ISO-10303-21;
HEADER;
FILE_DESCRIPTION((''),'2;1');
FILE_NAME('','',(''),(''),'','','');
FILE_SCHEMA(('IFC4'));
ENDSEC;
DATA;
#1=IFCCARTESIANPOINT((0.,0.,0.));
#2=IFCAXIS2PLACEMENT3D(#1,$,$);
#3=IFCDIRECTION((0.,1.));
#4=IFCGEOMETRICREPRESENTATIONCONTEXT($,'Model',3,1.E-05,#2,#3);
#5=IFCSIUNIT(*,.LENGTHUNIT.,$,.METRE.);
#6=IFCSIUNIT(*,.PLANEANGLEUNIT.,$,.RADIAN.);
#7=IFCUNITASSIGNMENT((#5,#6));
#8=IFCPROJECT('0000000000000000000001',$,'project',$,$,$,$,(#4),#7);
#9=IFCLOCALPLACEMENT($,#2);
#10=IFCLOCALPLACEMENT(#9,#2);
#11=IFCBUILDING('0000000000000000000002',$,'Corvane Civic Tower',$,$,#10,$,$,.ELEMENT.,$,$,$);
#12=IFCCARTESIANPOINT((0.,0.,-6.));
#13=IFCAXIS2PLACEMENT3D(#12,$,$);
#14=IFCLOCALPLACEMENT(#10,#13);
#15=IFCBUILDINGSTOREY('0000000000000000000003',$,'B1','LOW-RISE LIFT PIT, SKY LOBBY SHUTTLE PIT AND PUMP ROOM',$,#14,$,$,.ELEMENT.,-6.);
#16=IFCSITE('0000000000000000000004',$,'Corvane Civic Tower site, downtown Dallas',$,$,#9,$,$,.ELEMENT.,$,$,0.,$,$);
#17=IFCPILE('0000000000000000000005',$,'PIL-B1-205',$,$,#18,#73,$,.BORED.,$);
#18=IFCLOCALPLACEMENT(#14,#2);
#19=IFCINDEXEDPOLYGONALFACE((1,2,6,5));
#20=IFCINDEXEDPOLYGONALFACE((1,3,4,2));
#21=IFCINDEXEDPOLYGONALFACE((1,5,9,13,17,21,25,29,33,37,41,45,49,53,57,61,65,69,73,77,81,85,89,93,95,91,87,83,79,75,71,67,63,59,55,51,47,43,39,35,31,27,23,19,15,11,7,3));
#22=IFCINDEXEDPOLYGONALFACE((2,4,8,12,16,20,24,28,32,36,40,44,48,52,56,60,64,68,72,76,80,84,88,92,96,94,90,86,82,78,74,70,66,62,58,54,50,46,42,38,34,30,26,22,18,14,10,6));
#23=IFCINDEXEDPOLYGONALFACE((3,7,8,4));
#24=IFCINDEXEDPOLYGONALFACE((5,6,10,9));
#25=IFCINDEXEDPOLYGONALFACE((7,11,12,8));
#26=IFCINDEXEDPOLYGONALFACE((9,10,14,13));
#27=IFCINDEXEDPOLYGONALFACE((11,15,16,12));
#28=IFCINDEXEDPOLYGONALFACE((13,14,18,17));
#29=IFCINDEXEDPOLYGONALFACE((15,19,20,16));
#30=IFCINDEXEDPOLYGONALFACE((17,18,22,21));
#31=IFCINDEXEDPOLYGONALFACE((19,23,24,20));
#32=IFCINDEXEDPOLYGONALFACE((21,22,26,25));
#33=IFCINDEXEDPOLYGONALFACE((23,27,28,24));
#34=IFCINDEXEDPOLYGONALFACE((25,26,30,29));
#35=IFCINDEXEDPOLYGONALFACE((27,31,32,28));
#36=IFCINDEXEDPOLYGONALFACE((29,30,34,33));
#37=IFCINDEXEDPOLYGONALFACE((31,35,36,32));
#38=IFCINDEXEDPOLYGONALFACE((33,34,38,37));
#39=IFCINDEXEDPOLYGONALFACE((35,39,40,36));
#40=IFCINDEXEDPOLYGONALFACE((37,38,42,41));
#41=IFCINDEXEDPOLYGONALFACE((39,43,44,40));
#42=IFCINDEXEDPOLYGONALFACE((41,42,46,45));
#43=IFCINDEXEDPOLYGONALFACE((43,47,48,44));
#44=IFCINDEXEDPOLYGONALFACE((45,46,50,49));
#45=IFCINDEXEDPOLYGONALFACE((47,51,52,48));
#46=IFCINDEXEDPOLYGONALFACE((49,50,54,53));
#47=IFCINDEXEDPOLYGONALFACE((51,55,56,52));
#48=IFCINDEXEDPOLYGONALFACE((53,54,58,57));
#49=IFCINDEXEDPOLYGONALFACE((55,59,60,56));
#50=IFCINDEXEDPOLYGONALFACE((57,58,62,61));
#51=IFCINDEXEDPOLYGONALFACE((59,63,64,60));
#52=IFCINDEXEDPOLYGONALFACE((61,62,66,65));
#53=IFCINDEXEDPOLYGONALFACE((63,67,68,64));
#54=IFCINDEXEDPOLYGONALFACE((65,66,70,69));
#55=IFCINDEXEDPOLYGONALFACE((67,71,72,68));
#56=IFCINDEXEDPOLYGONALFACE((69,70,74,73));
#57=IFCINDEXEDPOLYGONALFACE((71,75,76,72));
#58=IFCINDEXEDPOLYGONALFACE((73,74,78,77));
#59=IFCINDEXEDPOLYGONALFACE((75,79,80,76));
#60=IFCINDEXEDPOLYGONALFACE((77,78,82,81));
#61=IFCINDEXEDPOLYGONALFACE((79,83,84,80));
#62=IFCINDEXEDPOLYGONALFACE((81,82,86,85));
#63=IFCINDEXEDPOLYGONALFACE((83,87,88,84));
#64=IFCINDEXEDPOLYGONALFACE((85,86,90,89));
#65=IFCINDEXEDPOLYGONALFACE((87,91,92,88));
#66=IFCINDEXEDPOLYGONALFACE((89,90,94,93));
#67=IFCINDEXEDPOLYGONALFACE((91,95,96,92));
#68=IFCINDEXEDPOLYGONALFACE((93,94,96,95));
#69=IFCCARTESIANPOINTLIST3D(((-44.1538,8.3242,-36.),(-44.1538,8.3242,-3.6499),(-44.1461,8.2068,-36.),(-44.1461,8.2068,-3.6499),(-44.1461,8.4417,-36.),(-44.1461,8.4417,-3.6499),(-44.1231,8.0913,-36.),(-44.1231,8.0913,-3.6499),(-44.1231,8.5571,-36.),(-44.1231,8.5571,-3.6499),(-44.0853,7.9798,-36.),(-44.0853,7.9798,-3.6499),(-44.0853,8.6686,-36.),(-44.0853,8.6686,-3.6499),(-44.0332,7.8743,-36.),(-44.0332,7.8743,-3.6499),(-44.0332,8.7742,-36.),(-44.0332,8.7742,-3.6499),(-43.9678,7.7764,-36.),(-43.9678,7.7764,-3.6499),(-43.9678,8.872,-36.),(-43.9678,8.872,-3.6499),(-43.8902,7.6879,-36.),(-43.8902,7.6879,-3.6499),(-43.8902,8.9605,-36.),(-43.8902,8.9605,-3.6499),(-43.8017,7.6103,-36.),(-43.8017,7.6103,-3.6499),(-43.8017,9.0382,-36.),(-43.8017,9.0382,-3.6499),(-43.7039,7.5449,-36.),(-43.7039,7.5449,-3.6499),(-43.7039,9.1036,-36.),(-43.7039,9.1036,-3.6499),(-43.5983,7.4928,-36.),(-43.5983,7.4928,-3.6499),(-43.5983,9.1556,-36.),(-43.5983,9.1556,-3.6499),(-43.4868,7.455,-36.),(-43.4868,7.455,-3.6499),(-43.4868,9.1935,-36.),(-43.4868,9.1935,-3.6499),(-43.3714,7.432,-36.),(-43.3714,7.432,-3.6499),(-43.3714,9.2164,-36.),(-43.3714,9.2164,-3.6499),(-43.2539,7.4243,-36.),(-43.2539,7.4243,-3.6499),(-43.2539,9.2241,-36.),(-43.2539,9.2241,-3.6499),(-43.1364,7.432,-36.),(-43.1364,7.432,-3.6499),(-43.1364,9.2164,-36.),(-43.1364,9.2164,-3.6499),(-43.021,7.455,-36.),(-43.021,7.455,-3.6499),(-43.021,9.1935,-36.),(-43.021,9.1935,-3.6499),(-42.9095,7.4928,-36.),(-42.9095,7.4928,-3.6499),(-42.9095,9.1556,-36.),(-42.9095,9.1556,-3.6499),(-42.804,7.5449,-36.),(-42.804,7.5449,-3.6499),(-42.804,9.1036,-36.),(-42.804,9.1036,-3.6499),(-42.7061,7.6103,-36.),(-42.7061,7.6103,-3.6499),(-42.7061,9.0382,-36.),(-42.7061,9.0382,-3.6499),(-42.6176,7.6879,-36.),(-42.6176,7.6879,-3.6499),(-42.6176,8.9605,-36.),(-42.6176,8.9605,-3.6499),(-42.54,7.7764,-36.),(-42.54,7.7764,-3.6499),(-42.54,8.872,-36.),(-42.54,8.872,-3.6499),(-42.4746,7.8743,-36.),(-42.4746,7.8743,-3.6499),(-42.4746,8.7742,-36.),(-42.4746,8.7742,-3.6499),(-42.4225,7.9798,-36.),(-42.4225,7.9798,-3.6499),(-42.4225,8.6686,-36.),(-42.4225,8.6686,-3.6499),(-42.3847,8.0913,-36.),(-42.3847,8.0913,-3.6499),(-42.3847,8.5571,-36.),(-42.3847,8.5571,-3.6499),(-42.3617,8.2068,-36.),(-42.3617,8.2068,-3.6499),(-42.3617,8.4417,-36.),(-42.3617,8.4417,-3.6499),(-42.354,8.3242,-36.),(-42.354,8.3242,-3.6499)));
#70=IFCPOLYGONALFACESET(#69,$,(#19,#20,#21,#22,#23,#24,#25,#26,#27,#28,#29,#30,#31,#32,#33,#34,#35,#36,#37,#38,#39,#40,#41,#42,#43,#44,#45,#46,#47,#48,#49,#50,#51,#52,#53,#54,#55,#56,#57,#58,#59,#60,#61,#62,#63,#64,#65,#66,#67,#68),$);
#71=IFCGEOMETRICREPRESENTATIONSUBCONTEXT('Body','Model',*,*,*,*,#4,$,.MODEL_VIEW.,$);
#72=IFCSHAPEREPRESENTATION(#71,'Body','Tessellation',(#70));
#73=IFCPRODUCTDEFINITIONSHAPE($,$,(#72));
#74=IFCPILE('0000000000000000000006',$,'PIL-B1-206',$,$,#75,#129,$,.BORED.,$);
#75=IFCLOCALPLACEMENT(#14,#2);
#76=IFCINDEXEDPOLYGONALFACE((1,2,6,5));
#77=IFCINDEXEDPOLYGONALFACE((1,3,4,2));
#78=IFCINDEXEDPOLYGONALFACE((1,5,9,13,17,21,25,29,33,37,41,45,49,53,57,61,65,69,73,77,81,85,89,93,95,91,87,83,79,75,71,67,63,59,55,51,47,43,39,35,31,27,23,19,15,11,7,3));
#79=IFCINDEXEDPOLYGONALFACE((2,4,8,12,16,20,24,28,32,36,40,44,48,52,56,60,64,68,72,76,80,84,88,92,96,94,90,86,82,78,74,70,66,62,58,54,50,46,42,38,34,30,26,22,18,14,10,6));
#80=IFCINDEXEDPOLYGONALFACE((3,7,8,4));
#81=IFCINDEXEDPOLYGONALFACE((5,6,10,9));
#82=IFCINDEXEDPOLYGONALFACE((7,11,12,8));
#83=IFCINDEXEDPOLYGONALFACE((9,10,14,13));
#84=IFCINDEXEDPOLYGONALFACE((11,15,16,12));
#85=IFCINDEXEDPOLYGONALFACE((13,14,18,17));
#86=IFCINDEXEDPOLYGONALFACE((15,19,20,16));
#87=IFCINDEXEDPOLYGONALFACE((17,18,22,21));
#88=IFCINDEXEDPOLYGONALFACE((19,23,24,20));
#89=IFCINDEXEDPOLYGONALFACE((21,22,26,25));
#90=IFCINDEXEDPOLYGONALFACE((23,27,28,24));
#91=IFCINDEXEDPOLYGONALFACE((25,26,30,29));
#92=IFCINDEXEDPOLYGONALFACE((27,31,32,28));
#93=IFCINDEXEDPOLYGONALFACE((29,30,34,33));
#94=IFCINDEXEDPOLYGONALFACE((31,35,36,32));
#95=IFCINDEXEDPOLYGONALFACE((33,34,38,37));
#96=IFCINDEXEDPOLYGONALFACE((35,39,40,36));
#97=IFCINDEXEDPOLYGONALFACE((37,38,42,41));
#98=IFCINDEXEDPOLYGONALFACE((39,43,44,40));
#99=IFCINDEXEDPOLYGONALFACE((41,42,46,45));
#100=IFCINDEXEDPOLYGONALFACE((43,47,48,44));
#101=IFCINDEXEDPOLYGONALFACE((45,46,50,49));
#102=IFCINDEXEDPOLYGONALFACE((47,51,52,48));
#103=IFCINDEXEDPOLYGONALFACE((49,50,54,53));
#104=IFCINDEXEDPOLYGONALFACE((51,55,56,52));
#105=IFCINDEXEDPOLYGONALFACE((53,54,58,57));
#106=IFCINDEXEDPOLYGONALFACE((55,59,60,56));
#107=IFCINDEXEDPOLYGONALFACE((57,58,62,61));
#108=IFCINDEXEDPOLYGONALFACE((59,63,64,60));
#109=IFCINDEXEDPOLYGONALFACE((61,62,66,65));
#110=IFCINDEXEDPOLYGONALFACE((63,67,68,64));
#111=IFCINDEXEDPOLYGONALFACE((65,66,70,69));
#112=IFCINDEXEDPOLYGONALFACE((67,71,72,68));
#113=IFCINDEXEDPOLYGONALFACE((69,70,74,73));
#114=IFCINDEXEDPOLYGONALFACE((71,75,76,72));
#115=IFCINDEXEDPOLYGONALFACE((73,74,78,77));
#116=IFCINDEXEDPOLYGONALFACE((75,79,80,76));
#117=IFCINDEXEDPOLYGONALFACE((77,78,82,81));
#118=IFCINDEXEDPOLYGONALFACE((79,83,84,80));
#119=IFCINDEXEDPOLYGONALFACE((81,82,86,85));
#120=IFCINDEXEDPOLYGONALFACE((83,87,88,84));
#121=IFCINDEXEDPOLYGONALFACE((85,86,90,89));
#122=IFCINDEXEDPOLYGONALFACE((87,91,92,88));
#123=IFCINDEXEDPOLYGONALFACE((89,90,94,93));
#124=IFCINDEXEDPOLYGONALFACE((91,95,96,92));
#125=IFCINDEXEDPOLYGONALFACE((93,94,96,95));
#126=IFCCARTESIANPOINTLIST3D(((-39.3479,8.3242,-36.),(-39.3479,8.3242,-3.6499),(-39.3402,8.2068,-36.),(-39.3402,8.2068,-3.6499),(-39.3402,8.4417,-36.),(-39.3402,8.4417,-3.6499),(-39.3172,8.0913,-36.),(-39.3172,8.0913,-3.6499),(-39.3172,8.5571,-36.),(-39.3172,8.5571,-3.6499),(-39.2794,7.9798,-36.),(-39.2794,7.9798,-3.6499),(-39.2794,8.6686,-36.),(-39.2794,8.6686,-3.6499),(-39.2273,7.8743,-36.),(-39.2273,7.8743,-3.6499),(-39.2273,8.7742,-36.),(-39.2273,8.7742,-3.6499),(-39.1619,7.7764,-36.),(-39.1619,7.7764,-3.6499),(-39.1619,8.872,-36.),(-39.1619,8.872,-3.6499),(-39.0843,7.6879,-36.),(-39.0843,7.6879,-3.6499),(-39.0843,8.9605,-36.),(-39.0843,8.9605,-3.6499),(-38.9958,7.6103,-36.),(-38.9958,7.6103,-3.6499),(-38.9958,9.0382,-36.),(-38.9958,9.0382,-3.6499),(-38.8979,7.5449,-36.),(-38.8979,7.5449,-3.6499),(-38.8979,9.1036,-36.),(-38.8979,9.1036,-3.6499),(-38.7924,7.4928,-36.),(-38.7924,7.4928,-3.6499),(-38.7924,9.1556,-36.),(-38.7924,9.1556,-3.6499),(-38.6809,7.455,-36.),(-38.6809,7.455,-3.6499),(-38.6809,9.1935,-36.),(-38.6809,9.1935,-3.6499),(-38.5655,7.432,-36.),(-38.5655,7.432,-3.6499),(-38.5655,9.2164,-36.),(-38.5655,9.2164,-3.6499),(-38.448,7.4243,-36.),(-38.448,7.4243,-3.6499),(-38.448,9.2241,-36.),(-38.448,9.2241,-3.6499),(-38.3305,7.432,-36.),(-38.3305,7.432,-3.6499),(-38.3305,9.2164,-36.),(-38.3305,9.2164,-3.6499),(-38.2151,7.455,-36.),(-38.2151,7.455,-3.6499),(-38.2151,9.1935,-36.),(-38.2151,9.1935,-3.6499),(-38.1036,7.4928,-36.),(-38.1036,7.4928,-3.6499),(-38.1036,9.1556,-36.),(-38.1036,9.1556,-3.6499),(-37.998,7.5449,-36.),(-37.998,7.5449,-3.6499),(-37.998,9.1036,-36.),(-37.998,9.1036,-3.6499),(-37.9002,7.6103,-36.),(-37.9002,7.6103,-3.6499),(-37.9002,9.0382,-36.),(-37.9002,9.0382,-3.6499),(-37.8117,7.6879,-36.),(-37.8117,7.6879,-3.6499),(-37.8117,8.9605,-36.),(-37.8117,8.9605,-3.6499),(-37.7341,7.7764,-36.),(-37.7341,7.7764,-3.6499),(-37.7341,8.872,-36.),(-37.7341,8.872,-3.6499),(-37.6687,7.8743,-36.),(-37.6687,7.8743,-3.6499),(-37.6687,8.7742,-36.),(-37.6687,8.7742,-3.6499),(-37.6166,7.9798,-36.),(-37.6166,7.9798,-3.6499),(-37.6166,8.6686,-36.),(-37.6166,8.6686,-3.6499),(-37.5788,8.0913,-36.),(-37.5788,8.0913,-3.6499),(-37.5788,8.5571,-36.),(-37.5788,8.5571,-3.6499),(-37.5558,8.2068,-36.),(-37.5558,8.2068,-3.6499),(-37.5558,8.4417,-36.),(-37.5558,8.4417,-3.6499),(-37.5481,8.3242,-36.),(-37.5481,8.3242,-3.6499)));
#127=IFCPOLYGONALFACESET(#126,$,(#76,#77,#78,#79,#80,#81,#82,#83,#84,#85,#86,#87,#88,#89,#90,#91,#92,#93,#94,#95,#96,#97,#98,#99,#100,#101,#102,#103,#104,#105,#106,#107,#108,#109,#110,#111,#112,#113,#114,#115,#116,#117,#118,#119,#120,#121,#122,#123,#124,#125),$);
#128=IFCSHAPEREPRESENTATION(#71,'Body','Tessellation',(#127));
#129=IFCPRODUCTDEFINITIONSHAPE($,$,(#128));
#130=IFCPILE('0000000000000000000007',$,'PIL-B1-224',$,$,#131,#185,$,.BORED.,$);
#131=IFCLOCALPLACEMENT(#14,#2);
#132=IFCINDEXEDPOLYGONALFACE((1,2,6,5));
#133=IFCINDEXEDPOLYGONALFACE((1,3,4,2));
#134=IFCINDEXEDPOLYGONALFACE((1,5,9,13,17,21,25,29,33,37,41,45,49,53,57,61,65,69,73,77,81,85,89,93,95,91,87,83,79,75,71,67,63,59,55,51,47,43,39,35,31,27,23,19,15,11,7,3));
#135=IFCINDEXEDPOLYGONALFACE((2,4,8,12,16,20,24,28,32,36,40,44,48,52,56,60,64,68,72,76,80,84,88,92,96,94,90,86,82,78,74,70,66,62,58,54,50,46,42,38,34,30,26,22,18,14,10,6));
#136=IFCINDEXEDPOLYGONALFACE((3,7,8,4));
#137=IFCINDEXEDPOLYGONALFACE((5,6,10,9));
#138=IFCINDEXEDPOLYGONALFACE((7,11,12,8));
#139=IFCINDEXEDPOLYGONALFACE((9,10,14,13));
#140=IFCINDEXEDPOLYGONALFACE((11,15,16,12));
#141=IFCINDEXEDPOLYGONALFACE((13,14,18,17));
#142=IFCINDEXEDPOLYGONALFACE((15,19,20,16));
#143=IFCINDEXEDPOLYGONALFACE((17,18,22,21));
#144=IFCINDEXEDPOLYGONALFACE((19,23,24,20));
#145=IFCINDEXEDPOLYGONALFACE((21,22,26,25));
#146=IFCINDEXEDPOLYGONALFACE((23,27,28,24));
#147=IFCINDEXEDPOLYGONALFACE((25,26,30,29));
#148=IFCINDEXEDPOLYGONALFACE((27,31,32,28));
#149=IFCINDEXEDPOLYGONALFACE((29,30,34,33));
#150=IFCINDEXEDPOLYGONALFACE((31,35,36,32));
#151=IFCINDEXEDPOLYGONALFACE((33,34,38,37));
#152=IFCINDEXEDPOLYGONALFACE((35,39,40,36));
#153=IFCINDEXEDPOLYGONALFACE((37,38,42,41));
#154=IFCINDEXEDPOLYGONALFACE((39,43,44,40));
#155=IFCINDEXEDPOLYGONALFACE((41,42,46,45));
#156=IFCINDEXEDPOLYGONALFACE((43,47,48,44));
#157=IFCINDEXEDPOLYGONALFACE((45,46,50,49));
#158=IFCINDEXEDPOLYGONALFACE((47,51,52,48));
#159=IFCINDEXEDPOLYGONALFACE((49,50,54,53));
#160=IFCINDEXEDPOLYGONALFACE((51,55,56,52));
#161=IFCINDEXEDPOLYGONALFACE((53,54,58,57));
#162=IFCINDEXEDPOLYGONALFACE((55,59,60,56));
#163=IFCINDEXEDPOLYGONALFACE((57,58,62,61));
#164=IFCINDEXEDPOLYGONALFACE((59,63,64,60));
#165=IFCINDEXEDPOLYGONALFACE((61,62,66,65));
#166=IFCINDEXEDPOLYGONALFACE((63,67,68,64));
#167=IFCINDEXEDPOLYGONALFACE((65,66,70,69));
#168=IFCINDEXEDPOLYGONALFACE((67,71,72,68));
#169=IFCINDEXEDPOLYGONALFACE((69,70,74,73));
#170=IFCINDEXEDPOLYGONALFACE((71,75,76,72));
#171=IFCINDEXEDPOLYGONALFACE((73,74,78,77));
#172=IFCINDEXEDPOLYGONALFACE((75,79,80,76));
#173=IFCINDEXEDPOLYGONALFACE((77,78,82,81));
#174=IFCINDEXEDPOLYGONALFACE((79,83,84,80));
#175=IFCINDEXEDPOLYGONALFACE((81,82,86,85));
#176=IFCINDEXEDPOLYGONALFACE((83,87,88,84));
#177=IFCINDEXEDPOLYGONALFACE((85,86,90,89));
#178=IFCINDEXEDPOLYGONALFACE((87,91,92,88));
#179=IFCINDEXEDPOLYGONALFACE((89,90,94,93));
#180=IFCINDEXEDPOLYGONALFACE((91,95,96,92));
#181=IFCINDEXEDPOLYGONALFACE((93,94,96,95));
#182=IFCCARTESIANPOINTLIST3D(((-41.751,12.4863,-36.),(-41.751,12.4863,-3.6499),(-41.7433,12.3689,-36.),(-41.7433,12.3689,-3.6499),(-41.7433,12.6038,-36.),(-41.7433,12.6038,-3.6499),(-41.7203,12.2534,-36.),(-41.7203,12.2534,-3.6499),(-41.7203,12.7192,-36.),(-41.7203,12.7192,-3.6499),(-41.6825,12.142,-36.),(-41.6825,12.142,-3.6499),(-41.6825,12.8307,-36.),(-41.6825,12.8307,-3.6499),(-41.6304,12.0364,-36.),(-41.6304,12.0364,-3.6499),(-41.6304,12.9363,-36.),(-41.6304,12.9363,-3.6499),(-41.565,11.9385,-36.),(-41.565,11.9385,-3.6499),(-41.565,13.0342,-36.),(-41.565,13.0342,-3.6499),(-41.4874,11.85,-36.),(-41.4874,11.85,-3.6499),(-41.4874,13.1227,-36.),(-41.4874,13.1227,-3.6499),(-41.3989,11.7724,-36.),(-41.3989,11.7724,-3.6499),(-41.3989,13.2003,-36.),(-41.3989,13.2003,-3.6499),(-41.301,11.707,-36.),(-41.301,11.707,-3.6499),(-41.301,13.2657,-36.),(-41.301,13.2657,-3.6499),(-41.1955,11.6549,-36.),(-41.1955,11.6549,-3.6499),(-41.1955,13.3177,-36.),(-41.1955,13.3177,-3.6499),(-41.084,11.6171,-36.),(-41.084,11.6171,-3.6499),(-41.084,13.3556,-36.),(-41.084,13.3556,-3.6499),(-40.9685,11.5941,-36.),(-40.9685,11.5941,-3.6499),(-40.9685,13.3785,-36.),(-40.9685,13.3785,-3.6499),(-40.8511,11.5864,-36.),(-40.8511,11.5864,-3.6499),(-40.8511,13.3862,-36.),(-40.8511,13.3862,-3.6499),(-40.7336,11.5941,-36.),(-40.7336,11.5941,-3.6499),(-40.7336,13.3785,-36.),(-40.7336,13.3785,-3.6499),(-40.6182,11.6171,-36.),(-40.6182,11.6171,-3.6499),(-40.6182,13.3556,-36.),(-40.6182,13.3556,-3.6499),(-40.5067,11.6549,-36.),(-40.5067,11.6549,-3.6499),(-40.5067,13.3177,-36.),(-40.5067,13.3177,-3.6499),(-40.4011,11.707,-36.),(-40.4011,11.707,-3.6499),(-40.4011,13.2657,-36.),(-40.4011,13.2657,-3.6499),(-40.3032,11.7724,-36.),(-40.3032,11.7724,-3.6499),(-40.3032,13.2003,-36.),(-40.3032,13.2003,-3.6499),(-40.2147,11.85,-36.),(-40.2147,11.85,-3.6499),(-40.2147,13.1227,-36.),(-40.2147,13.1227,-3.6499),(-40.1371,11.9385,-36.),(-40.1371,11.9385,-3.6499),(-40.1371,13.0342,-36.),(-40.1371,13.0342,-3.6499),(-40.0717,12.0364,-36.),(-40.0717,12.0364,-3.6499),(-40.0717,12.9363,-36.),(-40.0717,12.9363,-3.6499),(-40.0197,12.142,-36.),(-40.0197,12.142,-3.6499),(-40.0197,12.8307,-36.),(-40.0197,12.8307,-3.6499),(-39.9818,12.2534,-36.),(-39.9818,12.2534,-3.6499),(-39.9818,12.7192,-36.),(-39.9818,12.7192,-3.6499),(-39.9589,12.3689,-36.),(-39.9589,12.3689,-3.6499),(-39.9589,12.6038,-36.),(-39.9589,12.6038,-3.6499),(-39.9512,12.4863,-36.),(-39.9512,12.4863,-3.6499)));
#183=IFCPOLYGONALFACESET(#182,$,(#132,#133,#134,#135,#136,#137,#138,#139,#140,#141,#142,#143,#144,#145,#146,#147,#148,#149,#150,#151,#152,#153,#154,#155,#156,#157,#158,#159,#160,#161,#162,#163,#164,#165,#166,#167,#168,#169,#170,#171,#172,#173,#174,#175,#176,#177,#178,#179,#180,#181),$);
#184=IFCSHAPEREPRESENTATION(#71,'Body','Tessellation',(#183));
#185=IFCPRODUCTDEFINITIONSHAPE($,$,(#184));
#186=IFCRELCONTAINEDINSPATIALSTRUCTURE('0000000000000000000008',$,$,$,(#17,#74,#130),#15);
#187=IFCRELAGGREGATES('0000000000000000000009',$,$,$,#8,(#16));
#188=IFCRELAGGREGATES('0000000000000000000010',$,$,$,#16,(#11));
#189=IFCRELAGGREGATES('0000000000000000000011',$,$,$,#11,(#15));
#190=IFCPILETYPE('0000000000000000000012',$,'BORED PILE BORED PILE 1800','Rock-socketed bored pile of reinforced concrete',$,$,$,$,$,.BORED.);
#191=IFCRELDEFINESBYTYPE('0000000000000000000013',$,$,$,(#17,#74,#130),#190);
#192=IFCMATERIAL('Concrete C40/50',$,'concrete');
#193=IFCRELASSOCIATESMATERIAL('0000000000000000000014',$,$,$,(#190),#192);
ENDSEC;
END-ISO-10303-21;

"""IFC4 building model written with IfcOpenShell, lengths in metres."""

from ifc_helpers import new_model, si_unit, direction, frame, origin, origin_2d, place, context, subcontext, project, spatial, circle, extrude, material, material_profile, profile_set, type_object, element, save


model = new_model("IFC4")

# Units and contexts
model_context = context("Model", 3, precision=1e-05, world=origin(), true_north=direction((0.0, 1.0)))
body_context = subcontext(model_context, "Body", "Model", "MODEL_VIEW")
ifc_project = project(units=[si_unit("LENGTHUNIT", "METRE"), si_unit("PLANEANGLEUNIT", "RADIAN")], contexts=[model_context])

# Site, building, storey
site_placement = place(None, origin())
site = spatial("IfcSite", under=ifc_project, at=site_placement, Name="Corvane Civic Tower site, downtown Dallas", CompositionType="ELEMENT", RefElevation=0.0)
building_placement = place(site_placement, origin())
building = spatial("IfcBuilding", under=site, at=building_placement, Name="Corvane Civic Tower", CompositionType="ELEMENT")
storey_placement = place(building_placement, frame((0.0, 0.0, -6.0)))
storey = spatial("IfcBuildingStorey", under=building, at=storey_placement, Name="B1", Description="LOW-RISE LIFT PIT, SKY LOBBY SHUTTLE PIT AND PUMP ROOM", CompositionType="ELEMENT", Elevation=-6.0)

# Piles
ifc_material_1 = material(Name="Concrete C40/50", Category="concrete")
ifc_material_profile_1 = material_profile(ifc_material_1, circle(Radius=0.8999, at=origin_2d()), Name="BORED PILE 1800")
ifc_profile_set_1 = profile_set([ifc_material_profile_1], Name="Concrete C40/50")
pile_type_1 = type_object("IfcPileType", Name="BORED PILE BORED PILE 1800", Description="Rock-socketed bored pile of reinforced concrete", PredefinedType="BORED", material=ifc_profile_set_1)
for number, where, z_axis, x_axis, name in (
    (1, (-43.2539, 8.3242, -3.6499), (0.0, 0.0, -1.0), (1.0, 0.0, 0.0), "PIL-B1-205"),
    (2, (-38.448, 8.3242, -3.6499), (0.0, 0.0, -1.0), (1.0, 0.0, 0.0), "PIL-B1-206"),
    (3, (-40.8511, 12.4863, -3.6499), (0.0, 0.0, -1.0), (1.0, 0.0, 0.0), "PIL-B1-224"),
):
    element("IfcPile", number, at=place(storey_placement, frame(where, z_axis=z_axis, x_axis=x_axis)), inside=storey, type_object=pile_type_1, Name=name, PredefinedType="BORED", context=body_context, shape_type="SweptSolid", body=[
        extrude(circle(Radius=0.8999, at=origin_2d()), origin(), (0.0, 0.0, 1.0), 32.3501),
    ])

save(model, "model.ifc")
